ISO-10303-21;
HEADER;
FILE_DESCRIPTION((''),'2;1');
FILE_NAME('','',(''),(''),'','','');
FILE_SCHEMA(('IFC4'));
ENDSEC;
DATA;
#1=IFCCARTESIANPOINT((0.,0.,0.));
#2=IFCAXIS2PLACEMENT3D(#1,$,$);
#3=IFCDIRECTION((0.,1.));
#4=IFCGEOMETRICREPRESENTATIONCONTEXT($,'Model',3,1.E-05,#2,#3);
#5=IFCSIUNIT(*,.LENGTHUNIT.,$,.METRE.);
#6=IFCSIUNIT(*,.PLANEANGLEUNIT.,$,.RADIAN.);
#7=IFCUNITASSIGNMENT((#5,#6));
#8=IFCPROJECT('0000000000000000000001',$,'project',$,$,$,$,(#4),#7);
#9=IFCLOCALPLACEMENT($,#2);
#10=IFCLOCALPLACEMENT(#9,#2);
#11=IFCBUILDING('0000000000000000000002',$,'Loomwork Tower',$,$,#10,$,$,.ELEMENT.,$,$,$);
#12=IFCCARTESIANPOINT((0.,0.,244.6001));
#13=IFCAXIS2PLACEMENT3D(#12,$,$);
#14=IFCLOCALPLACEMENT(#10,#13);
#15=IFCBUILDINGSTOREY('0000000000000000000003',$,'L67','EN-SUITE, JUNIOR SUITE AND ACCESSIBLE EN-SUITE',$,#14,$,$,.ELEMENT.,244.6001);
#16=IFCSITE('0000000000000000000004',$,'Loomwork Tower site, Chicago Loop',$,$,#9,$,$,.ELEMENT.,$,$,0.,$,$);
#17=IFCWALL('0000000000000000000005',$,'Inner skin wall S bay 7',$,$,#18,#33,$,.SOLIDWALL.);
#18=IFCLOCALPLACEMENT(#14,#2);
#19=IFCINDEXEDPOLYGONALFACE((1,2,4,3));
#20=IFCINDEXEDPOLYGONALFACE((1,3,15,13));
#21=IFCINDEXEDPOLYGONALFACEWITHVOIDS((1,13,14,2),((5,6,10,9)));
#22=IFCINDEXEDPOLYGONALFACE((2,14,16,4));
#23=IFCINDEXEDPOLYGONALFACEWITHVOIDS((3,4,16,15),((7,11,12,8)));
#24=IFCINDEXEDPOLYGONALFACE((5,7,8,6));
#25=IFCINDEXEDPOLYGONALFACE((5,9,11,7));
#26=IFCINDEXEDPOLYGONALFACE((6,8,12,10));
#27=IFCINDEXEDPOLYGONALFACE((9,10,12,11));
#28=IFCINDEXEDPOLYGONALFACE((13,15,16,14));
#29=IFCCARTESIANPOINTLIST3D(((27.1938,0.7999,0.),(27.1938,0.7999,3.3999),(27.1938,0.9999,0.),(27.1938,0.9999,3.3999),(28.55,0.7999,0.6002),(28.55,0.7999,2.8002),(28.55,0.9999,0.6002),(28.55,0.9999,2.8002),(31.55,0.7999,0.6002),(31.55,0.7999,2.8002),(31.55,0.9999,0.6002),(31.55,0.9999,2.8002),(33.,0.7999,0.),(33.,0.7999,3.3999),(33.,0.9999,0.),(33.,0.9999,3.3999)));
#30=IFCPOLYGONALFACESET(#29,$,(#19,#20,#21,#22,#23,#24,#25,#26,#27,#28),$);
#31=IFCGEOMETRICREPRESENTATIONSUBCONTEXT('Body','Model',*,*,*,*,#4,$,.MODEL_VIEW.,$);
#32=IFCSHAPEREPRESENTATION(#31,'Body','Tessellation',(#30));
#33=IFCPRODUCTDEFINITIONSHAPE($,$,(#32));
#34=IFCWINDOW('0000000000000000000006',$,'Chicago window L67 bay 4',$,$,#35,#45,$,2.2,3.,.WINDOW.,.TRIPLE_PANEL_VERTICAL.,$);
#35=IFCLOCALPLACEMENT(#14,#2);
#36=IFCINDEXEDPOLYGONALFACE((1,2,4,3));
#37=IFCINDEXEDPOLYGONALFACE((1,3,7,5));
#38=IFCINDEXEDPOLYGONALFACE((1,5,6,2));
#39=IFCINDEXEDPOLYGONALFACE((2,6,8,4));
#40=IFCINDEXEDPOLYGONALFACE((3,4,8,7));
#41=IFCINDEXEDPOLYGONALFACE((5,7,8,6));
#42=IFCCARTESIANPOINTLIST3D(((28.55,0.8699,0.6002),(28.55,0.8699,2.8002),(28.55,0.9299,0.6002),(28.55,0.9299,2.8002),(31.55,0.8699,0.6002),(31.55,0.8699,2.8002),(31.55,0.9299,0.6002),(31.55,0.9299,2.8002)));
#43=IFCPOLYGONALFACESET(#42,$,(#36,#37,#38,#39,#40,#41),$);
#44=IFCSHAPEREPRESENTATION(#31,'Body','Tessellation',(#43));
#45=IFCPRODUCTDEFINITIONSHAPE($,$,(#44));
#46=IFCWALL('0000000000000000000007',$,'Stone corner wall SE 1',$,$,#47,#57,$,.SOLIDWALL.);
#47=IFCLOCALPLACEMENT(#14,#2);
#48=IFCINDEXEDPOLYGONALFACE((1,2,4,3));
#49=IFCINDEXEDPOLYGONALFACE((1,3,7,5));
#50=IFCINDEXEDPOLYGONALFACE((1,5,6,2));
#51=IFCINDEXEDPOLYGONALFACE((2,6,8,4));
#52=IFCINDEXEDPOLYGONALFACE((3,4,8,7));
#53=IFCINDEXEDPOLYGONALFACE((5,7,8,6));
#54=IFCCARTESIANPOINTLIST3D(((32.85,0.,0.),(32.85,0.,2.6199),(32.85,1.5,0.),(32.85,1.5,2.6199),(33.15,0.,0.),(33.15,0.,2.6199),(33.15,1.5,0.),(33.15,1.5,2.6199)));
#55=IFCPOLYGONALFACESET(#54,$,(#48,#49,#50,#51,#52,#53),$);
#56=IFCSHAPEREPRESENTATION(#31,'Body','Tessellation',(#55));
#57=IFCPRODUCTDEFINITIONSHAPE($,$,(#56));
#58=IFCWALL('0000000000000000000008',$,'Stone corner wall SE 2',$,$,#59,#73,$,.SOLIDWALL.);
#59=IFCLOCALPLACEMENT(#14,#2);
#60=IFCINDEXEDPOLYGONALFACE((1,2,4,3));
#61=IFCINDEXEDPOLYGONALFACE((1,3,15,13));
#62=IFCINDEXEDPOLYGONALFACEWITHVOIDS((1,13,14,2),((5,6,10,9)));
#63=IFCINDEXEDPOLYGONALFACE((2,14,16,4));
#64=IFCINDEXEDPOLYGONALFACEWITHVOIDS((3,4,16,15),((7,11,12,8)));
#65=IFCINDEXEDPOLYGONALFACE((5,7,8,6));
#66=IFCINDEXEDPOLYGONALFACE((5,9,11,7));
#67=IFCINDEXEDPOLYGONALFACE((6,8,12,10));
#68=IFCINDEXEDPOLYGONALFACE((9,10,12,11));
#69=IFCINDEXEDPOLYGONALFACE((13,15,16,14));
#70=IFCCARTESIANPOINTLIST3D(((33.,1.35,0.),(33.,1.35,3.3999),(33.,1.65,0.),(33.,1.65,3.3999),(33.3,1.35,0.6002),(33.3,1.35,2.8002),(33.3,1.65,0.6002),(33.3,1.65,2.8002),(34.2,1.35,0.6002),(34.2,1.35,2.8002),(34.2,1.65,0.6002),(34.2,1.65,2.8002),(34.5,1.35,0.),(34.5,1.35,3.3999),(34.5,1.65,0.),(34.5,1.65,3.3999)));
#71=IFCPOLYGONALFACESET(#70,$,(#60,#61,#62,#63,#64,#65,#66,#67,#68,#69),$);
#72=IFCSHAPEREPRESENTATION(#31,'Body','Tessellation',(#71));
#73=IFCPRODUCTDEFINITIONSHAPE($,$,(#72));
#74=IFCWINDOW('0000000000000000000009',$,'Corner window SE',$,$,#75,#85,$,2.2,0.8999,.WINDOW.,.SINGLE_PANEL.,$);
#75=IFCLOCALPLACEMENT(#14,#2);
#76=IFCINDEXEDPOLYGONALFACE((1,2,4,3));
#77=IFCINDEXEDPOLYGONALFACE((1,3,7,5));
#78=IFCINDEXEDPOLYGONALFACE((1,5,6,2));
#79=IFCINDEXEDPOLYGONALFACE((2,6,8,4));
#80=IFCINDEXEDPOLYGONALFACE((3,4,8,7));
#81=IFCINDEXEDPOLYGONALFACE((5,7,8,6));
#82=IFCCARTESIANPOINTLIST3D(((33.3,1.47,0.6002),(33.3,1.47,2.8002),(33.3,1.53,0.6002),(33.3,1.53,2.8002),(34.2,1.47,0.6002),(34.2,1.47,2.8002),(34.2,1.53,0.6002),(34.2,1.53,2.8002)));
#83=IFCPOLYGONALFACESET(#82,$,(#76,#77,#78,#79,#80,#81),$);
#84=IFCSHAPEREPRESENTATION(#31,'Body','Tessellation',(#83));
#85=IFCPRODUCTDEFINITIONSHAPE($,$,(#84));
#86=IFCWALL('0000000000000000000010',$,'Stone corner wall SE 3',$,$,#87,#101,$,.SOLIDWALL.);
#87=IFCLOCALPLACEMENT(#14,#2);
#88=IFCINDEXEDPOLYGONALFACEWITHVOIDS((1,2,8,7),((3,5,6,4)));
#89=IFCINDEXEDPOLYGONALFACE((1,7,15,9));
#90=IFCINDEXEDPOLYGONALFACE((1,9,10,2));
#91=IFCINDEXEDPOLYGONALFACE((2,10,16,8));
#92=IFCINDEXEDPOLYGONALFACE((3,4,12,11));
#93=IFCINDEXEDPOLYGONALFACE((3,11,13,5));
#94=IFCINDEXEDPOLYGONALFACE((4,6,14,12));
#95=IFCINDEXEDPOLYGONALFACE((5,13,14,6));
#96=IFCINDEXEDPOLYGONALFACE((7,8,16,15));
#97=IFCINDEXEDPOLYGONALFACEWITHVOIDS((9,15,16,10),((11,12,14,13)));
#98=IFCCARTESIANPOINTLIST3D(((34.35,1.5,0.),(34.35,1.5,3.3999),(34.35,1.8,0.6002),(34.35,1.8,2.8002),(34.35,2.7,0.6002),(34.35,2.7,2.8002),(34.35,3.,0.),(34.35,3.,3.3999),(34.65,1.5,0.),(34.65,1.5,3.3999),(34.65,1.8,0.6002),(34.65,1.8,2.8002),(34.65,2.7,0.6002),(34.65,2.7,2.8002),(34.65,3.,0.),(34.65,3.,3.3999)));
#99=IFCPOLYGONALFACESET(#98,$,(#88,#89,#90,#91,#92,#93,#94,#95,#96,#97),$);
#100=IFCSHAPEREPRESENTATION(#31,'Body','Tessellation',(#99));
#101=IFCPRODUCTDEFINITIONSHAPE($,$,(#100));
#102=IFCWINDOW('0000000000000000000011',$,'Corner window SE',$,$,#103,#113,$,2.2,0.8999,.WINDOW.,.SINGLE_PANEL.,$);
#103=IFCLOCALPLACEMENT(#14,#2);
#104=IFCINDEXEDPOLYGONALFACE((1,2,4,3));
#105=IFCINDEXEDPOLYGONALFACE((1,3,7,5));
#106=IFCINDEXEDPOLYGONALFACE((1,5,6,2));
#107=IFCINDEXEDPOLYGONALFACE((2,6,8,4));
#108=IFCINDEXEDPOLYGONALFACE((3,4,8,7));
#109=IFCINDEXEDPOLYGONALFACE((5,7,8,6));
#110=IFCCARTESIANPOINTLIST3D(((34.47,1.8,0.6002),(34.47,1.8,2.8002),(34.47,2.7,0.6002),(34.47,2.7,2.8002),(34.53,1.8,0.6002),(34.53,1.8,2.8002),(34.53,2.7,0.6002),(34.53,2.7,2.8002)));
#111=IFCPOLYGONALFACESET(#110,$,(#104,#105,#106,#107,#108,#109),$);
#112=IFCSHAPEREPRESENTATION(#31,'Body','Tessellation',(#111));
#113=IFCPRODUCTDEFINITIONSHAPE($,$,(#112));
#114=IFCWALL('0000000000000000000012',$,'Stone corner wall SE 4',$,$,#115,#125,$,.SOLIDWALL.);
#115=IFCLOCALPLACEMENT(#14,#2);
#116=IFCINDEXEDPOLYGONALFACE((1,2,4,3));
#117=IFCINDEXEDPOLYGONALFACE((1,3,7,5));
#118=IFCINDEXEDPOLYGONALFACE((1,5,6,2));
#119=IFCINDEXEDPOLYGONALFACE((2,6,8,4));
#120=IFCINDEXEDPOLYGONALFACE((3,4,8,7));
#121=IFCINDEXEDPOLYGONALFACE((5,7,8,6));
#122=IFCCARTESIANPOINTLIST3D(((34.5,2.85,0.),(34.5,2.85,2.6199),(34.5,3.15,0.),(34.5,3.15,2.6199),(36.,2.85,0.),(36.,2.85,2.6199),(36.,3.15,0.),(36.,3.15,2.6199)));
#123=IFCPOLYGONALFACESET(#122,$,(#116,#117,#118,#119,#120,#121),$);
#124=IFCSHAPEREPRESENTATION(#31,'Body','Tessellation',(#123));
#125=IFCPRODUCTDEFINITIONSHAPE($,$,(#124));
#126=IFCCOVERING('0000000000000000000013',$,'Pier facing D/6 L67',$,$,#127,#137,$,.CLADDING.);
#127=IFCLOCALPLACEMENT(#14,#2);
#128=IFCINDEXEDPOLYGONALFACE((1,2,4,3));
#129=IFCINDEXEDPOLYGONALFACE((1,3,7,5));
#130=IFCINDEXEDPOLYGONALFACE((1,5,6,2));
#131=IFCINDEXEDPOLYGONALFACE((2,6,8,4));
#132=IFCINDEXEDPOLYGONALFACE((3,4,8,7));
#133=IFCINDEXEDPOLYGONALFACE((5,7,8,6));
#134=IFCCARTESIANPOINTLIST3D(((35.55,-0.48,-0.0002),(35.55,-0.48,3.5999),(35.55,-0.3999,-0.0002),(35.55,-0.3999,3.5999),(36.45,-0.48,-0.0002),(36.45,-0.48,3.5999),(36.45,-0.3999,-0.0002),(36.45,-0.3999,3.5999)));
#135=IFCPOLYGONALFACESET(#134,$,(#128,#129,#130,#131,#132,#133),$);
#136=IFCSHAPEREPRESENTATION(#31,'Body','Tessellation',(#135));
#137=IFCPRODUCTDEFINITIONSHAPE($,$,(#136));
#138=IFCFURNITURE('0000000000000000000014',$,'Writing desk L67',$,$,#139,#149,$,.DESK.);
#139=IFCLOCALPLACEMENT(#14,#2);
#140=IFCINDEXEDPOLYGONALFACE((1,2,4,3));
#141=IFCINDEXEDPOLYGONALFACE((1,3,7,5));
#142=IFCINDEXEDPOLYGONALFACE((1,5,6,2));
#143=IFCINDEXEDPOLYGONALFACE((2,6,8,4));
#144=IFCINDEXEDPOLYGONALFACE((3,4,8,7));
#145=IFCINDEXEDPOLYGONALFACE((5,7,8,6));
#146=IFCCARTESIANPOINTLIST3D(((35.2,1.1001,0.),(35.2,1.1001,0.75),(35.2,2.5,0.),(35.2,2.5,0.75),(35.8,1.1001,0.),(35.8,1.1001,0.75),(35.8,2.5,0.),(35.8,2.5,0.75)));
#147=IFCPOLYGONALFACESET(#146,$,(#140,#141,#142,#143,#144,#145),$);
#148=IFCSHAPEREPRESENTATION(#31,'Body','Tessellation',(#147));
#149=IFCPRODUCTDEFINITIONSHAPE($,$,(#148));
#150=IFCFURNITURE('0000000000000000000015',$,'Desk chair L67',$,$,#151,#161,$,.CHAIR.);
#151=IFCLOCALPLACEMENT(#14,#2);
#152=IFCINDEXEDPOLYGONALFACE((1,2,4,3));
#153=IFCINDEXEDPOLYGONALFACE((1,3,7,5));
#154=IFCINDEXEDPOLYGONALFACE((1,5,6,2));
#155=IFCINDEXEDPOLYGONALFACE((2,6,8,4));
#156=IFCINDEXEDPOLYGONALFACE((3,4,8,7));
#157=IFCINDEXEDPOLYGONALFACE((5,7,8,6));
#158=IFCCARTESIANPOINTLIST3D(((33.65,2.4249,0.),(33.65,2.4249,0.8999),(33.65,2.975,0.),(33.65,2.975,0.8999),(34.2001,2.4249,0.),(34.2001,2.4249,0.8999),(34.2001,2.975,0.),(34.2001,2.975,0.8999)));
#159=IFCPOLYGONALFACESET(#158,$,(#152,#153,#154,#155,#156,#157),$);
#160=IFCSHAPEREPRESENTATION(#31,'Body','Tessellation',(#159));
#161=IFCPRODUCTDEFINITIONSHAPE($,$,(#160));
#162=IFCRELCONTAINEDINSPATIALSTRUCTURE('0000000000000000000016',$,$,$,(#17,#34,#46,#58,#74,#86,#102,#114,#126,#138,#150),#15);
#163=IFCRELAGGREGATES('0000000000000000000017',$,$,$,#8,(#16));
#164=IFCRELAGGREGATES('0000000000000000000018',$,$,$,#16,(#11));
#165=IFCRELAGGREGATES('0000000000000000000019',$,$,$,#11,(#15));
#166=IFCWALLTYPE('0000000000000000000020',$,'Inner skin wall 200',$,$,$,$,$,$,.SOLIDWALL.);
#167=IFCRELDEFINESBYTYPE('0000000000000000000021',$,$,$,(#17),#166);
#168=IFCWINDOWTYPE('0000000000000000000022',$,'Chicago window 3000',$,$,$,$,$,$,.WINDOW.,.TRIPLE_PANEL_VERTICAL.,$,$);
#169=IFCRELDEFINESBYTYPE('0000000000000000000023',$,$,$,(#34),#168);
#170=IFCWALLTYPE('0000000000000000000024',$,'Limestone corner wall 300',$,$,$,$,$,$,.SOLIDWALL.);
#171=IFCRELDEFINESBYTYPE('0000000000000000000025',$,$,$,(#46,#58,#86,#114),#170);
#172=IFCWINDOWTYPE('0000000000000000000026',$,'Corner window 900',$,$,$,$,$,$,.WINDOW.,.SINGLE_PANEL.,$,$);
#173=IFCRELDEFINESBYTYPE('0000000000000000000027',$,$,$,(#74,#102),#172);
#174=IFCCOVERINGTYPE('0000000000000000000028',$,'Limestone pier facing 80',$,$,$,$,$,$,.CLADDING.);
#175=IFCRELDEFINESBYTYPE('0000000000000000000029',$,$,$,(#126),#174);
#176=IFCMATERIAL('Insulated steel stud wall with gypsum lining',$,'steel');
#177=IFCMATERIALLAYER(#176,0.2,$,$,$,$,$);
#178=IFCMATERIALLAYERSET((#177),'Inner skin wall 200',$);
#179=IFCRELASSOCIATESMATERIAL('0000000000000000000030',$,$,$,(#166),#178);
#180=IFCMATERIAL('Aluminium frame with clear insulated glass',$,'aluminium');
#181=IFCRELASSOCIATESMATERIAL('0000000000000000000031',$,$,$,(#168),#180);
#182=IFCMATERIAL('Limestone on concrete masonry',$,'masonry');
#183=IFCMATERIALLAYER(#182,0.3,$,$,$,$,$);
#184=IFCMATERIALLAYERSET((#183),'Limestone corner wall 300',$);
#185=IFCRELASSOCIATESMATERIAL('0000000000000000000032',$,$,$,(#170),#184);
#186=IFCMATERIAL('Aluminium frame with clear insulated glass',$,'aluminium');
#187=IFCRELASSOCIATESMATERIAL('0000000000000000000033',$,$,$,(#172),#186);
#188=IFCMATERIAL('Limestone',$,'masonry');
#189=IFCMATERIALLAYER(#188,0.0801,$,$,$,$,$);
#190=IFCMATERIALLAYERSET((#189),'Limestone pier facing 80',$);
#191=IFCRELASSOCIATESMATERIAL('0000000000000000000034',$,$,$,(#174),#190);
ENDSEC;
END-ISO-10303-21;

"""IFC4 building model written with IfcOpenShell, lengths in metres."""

from ifc_helpers import new_model, si_unit, direction, frame, frame_2d, origin, origin_2d, place, context, subcontext, project, spatial, rectangle, extrude, material, layer, layer_set, type_object, element, fill, save


model = new_model("IFC4")

# Units and contexts
model_context = context("Model", 3, precision=1e-05, world=origin(), true_north=direction((0.0, 1.0)))
body_context = subcontext(model_context, "Body", "Model", "MODEL_VIEW")
ifc_project = project(units=[si_unit("LENGTHUNIT", "METRE"), si_unit("PLANEANGLEUNIT", "RADIAN")], contexts=[model_context])

# Site, building, storey
site_placement = place(None, origin())
site = spatial("IfcSite", under=ifc_project, at=site_placement, Name="Loomwork Tower site, Chicago Loop", CompositionType="ELEMENT", RefElevation=0.0)
building_placement = place(site_placement, origin())
building = spatial("IfcBuilding", under=site, at=building_placement, Name="Loomwork Tower", CompositionType="ELEMENT")
storey_placement = place(building_placement, frame((0.0, 0.0, 244.6001)))
storey = spatial("IfcBuildingStorey", under=building, at=storey_placement, Name="L67", Description="EN-SUITE, JUNIOR SUITE AND ACCESSIBLE EN-SUITE", CompositionType="ELEMENT", Elevation=244.6001)

# Wall, opening, window
ifc_material_1 = material(Name="Insulated steel stud wall with gypsum lining", Category="steel")
ifc_layer_1 = layer(ifc_material_1, 0.2)
ifc_layer_set_1 = layer_set([ifc_layer_1], Name="Inner skin wall 200")
wall_type_1 = type_object("IfcWallType", Name="Inner skin wall 200", PredefinedType="SOLIDWALL", material=ifc_layer_set_1)
wall_1_placement = place(storey_placement, frame((27.1938, 0.8999, 0.0), z_axis=(0.0, 0.0, 1.0), x_axis=(1.0, 0.0, 0.0)))
wall_1 = element("IfcWall", 1, at=wall_1_placement, inside=storey, type_object=wall_type_1, Name="Inner skin wall S bay 7", PredefinedType="SOLIDWALL", context=body_context, shape_type="SweptSolid", body=[
    extrude(rectangle(XDim=5.8062, YDim=0.2, at=frame_2d((2.9031, 0.0))), origin(), (0.0, 0.0, 1.0), 3.3999),
])
opening_1_placement = place(wall_1_placement, frame((1.3562, 0.0, 0.6001)))
opening_1 = element("IfcOpeningElement", 2, at=opening_1_placement, cuts=wall_1, PredefinedType="OPENING", context=body_context, shape_type="SweptSolid", body=[
    extrude(rectangle(XDim=3.0, YDim=2.2, at=frame_2d((1.5, 1.1001))), frame((0.0, 0.1099, 0.0), z_axis=(0.0, -1.0, 0.0), x_axis=(1.0, 0.0, 0.0)), (0.0, 0.0, 1.0), 0.22),
])
ifc_material_2 = material(Name="Aluminium frame with clear insulated glass", Category="aluminium")
window_type_1 = type_object("IfcWindowType", Name="Chicago window 3000", PartitioningType="TRIPLE_PANEL_VERTICAL", PredefinedType="WINDOW", material=ifc_material_2)
window_1_placement = place(opening_1_placement, origin())
window_1 = element("IfcWindow", 3, at=window_1_placement, inside=storey, type_object=window_type_1, Name="Chicago window L67 bay 4", OverallHeight=2.2, OverallWidth=3.0, PartitioningType="TRIPLE_PANEL_VERTICAL", PredefinedType="WINDOW", context=body_context, shape_type="SweptSolid", body=[
    extrude(rectangle(XDim=3.0, YDim=2.2, at=frame_2d((1.5, 1.1001))), frame((0.0, 0.03, 0.0), z_axis=(0.0, -1.0, 0.0), x_axis=(1.0, 0.0, 0.0)), (0.0, 0.0, 1.0), 0.0601),
])
fill(opening_1, window_1)

# Wall
ifc_material_3 = material(Name="Limestone on concrete masonry", Category="masonry")
ifc_layer_2 = layer(ifc_material_3, 0.3)
ifc_layer_set_2 = layer_set([ifc_layer_2], Name="Limestone corner wall 300")
wall_type_2 = type_object("IfcWallType", Name="Limestone corner wall 300", PredefinedType="SOLIDWALL", material=ifc_layer_set_2)
wall_2_placement = place(storey_placement, frame((33.0, 0.0, 0.0), z_axis=(0.0, 0.0, 1.0), x_axis=(0.0, 1.0, 0.0)))
element("IfcWall", 4, at=wall_2_placement, inside=storey, type_object=wall_type_2, Name="Stone corner wall SE 1", PredefinedType="SOLIDWALL", context=body_context, shape_type="SweptSolid", body=[
    extrude(rectangle(XDim=1.5, YDim=0.3, at=frame_2d((0.75, 0.0))), origin(), (0.0, 0.0, 1.0), 2.6199),
])

# Walls, openings, windows
wall_3_placement = place(storey_placement, frame((33.0, 1.5, 0.0), z_axis=(0.0, 0.0, 1.0), x_axis=(1.0, 0.0, 0.0)))
wall_3 = element("IfcWall", 5, at=wall_3_placement, inside=storey, type_object=wall_type_2, Name="Stone corner wall SE 2", PredefinedType="SOLIDWALL", context=body_context, shape_type="SweptSolid", body=[
    extrude(rectangle(XDim=1.5, YDim=0.3, at=frame_2d((0.75, 0.0))), origin(), (0.0, 0.0, 1.0), 3.3999),
])
opening_2_placement = place(wall_3_placement, frame((0.3, 0.0, 0.6001)))
opening_2 = element("IfcOpeningElement", 6, at=opening_2_placement, cuts=wall_3, PredefinedType="OPENING", context=body_context, shape_type="SweptSolid", body=[
    extrude(rectangle(XDim=0.8999, YDim=2.2, at=frame_2d((0.45, 1.1001))), frame((0.0, 0.1599, 0.0), z_axis=(0.0, -1.0, 0.0), x_axis=(1.0, 0.0, 0.0)), (0.0, 0.0, 1.0), 0.3201),
])
ifc_material_4 = material(Name="Aluminium frame with clear insulated glass", Category="aluminium")
window_type_2 = type_object("IfcWindowType", Name="Corner window 900", PartitioningType="SINGLE_PANEL", PredefinedType="WINDOW", material=ifc_material_4)
window_2_placement = place(opening_2_placement, origin())
window_2 = element("IfcWindow", 7, at=window_2_placement, inside=storey, type_object=window_type_2, Name="Corner window SE", OverallHeight=2.2, OverallWidth=0.8999, PartitioningType="SINGLE_PANEL", PredefinedType="WINDOW", context=body_context, shape_type="SweptSolid", body=[
    extrude(rectangle(XDim=0.8999, YDim=2.2, at=frame_2d((0.45, 1.1001))), frame((0.0, 0.03, 0.0), z_axis=(0.0, -1.0, 0.0), x_axis=(1.0, 0.0, 0.0)), (0.0, 0.0, 1.0), 0.0601),
])
fill(opening_2, window_2)
wall_4_placement = place(storey_placement, frame((34.5, 1.5, 0.0), z_axis=(0.0, 0.0, 1.0), x_axis=(0.0, 1.0, 0.0)))
wall_4 = element("IfcWall", 8, at=wall_4_placement, inside=storey, type_object=wall_type_2, Name="Stone corner wall SE 3", PredefinedType="SOLIDWALL", context=body_context, shape_type="SweptSolid", body=[
    extrude(rectangle(XDim=1.5, YDim=0.3, at=frame_2d((0.75, 0.0))), origin(), (0.0, 0.0, 1.0), 3.3999),
])
opening_3_placement = place(wall_4_placement, frame((0.3, 0.0, 0.6001)))
opening_3 = element("IfcOpeningElement", 9, at=opening_3_placement, cuts=wall_4, PredefinedType="OPENING", context=body_context, shape_type="SweptSolid", body=[
    extrude(rectangle(XDim=0.8999, YDim=2.2, at=frame_2d((0.45, 1.1001))), frame((0.0, 0.1599, 0.0), z_axis=(0.0, -1.0, 0.0), x_axis=(1.0, 0.0, 0.0)), (0.0, 0.0, 1.0), 0.3201),
])
window_3_placement = place(opening_3_placement, origin())
window_3 = element("IfcWindow", 10, at=window_3_placement, inside=storey, type_object=window_type_2, Name="Corner window SE", OverallHeight=2.2, OverallWidth=0.8999, PartitioningType="SINGLE_PANEL", PredefinedType="WINDOW", context=body_context, shape_type="SweptSolid", body=[
    extrude(rectangle(XDim=0.8999, YDim=2.2, at=frame_2d((0.45, 1.1001))), frame((0.0, 0.03, 0.0), z_axis=(0.0, -1.0, 0.0), x_axis=(1.0, 0.0, 0.0)), (0.0, 0.0, 1.0), 0.0601),
])
fill(opening_3, window_3)

# Wall
wall_5_placement = place(storey_placement, frame((34.5, 3.0, 0.0), z_axis=(0.0, 0.0, 1.0), x_axis=(1.0, 0.0, 0.0)))
element("IfcWall", 11, at=wall_5_placement, inside=storey, type_object=wall_type_2, Name="Stone corner wall SE 4", PredefinedType="SOLIDWALL", context=body_context, shape_type="SweptSolid", body=[
    extrude(rectangle(XDim=1.5, YDim=0.3, at=frame_2d((0.75, 0.0))), origin(), (0.0, 0.0, 1.0), 2.6199),
])

# Covering
ifc_material_5 = material(Name="Limestone", Category="masonry")
ifc_layer_3 = layer(ifc_material_5, 0.0801)
ifc_layer_set_3 = layer_set([ifc_layer_3], Name="Limestone pier facing 80")
covering_type = type_object("IfcCoveringType", Name="Limestone pier facing 80", PredefinedType="CLADDING", material=ifc_layer_set_3)
covering_placement = place(storey_placement, frame((36.0, -0.4399, -0.0002), z_axis=(0.0, 0.0, 1.0), x_axis=(1.0, 0.0, 0.0)))
element("IfcCovering", 12, at=covering_placement, inside=storey, type_object=covering_type, Name="Pier facing D/6 L67", PredefinedType="CLADDING", context=body_context, shape_type="SweptSolid", body=[
    extrude(rectangle(XDim=0.8999, YDim=0.0801, at=origin_2d()), origin(), (0.0, 0.0, 1.0), 3.6001),
])

# Furniture
furniture_1_placement = place(storey_placement, frame((35.5, 1.8, 0.0), z_axis=(0.0, 0.0, 1.0), x_axis=(1.0, 0.0, 0.0)))
element("IfcFurniture", 13, at=furniture_1_placement, inside=storey, Name="Writing desk L67", PredefinedType="DESK", context=body_context, shape_type="SweptSolid", body=[
    extrude(rectangle(XDim=0.6001, YDim=1.3999, at=origin_2d()), origin(), (0.0, 0.0, 1.0), 0.75),
])
furniture_2_placement = place(storey_placement, frame((33.925, 2.7, 0.0), z_axis=(0.0, 0.0, 1.0), x_axis=(1.0, 0.0, 0.0)))
element("IfcFurniture", 14, at=furniture_2_placement, inside=storey, Name="Desk chair L67", PredefinedType="CHAIR", context=body_context, shape_type="SweptSolid", body=[
    extrude(rectangle(XDim=0.55, YDim=0.55, at=origin_2d()), origin(), (0.0, 0.0, 1.0), 0.8999),
])

save(model, "model.ifc")
